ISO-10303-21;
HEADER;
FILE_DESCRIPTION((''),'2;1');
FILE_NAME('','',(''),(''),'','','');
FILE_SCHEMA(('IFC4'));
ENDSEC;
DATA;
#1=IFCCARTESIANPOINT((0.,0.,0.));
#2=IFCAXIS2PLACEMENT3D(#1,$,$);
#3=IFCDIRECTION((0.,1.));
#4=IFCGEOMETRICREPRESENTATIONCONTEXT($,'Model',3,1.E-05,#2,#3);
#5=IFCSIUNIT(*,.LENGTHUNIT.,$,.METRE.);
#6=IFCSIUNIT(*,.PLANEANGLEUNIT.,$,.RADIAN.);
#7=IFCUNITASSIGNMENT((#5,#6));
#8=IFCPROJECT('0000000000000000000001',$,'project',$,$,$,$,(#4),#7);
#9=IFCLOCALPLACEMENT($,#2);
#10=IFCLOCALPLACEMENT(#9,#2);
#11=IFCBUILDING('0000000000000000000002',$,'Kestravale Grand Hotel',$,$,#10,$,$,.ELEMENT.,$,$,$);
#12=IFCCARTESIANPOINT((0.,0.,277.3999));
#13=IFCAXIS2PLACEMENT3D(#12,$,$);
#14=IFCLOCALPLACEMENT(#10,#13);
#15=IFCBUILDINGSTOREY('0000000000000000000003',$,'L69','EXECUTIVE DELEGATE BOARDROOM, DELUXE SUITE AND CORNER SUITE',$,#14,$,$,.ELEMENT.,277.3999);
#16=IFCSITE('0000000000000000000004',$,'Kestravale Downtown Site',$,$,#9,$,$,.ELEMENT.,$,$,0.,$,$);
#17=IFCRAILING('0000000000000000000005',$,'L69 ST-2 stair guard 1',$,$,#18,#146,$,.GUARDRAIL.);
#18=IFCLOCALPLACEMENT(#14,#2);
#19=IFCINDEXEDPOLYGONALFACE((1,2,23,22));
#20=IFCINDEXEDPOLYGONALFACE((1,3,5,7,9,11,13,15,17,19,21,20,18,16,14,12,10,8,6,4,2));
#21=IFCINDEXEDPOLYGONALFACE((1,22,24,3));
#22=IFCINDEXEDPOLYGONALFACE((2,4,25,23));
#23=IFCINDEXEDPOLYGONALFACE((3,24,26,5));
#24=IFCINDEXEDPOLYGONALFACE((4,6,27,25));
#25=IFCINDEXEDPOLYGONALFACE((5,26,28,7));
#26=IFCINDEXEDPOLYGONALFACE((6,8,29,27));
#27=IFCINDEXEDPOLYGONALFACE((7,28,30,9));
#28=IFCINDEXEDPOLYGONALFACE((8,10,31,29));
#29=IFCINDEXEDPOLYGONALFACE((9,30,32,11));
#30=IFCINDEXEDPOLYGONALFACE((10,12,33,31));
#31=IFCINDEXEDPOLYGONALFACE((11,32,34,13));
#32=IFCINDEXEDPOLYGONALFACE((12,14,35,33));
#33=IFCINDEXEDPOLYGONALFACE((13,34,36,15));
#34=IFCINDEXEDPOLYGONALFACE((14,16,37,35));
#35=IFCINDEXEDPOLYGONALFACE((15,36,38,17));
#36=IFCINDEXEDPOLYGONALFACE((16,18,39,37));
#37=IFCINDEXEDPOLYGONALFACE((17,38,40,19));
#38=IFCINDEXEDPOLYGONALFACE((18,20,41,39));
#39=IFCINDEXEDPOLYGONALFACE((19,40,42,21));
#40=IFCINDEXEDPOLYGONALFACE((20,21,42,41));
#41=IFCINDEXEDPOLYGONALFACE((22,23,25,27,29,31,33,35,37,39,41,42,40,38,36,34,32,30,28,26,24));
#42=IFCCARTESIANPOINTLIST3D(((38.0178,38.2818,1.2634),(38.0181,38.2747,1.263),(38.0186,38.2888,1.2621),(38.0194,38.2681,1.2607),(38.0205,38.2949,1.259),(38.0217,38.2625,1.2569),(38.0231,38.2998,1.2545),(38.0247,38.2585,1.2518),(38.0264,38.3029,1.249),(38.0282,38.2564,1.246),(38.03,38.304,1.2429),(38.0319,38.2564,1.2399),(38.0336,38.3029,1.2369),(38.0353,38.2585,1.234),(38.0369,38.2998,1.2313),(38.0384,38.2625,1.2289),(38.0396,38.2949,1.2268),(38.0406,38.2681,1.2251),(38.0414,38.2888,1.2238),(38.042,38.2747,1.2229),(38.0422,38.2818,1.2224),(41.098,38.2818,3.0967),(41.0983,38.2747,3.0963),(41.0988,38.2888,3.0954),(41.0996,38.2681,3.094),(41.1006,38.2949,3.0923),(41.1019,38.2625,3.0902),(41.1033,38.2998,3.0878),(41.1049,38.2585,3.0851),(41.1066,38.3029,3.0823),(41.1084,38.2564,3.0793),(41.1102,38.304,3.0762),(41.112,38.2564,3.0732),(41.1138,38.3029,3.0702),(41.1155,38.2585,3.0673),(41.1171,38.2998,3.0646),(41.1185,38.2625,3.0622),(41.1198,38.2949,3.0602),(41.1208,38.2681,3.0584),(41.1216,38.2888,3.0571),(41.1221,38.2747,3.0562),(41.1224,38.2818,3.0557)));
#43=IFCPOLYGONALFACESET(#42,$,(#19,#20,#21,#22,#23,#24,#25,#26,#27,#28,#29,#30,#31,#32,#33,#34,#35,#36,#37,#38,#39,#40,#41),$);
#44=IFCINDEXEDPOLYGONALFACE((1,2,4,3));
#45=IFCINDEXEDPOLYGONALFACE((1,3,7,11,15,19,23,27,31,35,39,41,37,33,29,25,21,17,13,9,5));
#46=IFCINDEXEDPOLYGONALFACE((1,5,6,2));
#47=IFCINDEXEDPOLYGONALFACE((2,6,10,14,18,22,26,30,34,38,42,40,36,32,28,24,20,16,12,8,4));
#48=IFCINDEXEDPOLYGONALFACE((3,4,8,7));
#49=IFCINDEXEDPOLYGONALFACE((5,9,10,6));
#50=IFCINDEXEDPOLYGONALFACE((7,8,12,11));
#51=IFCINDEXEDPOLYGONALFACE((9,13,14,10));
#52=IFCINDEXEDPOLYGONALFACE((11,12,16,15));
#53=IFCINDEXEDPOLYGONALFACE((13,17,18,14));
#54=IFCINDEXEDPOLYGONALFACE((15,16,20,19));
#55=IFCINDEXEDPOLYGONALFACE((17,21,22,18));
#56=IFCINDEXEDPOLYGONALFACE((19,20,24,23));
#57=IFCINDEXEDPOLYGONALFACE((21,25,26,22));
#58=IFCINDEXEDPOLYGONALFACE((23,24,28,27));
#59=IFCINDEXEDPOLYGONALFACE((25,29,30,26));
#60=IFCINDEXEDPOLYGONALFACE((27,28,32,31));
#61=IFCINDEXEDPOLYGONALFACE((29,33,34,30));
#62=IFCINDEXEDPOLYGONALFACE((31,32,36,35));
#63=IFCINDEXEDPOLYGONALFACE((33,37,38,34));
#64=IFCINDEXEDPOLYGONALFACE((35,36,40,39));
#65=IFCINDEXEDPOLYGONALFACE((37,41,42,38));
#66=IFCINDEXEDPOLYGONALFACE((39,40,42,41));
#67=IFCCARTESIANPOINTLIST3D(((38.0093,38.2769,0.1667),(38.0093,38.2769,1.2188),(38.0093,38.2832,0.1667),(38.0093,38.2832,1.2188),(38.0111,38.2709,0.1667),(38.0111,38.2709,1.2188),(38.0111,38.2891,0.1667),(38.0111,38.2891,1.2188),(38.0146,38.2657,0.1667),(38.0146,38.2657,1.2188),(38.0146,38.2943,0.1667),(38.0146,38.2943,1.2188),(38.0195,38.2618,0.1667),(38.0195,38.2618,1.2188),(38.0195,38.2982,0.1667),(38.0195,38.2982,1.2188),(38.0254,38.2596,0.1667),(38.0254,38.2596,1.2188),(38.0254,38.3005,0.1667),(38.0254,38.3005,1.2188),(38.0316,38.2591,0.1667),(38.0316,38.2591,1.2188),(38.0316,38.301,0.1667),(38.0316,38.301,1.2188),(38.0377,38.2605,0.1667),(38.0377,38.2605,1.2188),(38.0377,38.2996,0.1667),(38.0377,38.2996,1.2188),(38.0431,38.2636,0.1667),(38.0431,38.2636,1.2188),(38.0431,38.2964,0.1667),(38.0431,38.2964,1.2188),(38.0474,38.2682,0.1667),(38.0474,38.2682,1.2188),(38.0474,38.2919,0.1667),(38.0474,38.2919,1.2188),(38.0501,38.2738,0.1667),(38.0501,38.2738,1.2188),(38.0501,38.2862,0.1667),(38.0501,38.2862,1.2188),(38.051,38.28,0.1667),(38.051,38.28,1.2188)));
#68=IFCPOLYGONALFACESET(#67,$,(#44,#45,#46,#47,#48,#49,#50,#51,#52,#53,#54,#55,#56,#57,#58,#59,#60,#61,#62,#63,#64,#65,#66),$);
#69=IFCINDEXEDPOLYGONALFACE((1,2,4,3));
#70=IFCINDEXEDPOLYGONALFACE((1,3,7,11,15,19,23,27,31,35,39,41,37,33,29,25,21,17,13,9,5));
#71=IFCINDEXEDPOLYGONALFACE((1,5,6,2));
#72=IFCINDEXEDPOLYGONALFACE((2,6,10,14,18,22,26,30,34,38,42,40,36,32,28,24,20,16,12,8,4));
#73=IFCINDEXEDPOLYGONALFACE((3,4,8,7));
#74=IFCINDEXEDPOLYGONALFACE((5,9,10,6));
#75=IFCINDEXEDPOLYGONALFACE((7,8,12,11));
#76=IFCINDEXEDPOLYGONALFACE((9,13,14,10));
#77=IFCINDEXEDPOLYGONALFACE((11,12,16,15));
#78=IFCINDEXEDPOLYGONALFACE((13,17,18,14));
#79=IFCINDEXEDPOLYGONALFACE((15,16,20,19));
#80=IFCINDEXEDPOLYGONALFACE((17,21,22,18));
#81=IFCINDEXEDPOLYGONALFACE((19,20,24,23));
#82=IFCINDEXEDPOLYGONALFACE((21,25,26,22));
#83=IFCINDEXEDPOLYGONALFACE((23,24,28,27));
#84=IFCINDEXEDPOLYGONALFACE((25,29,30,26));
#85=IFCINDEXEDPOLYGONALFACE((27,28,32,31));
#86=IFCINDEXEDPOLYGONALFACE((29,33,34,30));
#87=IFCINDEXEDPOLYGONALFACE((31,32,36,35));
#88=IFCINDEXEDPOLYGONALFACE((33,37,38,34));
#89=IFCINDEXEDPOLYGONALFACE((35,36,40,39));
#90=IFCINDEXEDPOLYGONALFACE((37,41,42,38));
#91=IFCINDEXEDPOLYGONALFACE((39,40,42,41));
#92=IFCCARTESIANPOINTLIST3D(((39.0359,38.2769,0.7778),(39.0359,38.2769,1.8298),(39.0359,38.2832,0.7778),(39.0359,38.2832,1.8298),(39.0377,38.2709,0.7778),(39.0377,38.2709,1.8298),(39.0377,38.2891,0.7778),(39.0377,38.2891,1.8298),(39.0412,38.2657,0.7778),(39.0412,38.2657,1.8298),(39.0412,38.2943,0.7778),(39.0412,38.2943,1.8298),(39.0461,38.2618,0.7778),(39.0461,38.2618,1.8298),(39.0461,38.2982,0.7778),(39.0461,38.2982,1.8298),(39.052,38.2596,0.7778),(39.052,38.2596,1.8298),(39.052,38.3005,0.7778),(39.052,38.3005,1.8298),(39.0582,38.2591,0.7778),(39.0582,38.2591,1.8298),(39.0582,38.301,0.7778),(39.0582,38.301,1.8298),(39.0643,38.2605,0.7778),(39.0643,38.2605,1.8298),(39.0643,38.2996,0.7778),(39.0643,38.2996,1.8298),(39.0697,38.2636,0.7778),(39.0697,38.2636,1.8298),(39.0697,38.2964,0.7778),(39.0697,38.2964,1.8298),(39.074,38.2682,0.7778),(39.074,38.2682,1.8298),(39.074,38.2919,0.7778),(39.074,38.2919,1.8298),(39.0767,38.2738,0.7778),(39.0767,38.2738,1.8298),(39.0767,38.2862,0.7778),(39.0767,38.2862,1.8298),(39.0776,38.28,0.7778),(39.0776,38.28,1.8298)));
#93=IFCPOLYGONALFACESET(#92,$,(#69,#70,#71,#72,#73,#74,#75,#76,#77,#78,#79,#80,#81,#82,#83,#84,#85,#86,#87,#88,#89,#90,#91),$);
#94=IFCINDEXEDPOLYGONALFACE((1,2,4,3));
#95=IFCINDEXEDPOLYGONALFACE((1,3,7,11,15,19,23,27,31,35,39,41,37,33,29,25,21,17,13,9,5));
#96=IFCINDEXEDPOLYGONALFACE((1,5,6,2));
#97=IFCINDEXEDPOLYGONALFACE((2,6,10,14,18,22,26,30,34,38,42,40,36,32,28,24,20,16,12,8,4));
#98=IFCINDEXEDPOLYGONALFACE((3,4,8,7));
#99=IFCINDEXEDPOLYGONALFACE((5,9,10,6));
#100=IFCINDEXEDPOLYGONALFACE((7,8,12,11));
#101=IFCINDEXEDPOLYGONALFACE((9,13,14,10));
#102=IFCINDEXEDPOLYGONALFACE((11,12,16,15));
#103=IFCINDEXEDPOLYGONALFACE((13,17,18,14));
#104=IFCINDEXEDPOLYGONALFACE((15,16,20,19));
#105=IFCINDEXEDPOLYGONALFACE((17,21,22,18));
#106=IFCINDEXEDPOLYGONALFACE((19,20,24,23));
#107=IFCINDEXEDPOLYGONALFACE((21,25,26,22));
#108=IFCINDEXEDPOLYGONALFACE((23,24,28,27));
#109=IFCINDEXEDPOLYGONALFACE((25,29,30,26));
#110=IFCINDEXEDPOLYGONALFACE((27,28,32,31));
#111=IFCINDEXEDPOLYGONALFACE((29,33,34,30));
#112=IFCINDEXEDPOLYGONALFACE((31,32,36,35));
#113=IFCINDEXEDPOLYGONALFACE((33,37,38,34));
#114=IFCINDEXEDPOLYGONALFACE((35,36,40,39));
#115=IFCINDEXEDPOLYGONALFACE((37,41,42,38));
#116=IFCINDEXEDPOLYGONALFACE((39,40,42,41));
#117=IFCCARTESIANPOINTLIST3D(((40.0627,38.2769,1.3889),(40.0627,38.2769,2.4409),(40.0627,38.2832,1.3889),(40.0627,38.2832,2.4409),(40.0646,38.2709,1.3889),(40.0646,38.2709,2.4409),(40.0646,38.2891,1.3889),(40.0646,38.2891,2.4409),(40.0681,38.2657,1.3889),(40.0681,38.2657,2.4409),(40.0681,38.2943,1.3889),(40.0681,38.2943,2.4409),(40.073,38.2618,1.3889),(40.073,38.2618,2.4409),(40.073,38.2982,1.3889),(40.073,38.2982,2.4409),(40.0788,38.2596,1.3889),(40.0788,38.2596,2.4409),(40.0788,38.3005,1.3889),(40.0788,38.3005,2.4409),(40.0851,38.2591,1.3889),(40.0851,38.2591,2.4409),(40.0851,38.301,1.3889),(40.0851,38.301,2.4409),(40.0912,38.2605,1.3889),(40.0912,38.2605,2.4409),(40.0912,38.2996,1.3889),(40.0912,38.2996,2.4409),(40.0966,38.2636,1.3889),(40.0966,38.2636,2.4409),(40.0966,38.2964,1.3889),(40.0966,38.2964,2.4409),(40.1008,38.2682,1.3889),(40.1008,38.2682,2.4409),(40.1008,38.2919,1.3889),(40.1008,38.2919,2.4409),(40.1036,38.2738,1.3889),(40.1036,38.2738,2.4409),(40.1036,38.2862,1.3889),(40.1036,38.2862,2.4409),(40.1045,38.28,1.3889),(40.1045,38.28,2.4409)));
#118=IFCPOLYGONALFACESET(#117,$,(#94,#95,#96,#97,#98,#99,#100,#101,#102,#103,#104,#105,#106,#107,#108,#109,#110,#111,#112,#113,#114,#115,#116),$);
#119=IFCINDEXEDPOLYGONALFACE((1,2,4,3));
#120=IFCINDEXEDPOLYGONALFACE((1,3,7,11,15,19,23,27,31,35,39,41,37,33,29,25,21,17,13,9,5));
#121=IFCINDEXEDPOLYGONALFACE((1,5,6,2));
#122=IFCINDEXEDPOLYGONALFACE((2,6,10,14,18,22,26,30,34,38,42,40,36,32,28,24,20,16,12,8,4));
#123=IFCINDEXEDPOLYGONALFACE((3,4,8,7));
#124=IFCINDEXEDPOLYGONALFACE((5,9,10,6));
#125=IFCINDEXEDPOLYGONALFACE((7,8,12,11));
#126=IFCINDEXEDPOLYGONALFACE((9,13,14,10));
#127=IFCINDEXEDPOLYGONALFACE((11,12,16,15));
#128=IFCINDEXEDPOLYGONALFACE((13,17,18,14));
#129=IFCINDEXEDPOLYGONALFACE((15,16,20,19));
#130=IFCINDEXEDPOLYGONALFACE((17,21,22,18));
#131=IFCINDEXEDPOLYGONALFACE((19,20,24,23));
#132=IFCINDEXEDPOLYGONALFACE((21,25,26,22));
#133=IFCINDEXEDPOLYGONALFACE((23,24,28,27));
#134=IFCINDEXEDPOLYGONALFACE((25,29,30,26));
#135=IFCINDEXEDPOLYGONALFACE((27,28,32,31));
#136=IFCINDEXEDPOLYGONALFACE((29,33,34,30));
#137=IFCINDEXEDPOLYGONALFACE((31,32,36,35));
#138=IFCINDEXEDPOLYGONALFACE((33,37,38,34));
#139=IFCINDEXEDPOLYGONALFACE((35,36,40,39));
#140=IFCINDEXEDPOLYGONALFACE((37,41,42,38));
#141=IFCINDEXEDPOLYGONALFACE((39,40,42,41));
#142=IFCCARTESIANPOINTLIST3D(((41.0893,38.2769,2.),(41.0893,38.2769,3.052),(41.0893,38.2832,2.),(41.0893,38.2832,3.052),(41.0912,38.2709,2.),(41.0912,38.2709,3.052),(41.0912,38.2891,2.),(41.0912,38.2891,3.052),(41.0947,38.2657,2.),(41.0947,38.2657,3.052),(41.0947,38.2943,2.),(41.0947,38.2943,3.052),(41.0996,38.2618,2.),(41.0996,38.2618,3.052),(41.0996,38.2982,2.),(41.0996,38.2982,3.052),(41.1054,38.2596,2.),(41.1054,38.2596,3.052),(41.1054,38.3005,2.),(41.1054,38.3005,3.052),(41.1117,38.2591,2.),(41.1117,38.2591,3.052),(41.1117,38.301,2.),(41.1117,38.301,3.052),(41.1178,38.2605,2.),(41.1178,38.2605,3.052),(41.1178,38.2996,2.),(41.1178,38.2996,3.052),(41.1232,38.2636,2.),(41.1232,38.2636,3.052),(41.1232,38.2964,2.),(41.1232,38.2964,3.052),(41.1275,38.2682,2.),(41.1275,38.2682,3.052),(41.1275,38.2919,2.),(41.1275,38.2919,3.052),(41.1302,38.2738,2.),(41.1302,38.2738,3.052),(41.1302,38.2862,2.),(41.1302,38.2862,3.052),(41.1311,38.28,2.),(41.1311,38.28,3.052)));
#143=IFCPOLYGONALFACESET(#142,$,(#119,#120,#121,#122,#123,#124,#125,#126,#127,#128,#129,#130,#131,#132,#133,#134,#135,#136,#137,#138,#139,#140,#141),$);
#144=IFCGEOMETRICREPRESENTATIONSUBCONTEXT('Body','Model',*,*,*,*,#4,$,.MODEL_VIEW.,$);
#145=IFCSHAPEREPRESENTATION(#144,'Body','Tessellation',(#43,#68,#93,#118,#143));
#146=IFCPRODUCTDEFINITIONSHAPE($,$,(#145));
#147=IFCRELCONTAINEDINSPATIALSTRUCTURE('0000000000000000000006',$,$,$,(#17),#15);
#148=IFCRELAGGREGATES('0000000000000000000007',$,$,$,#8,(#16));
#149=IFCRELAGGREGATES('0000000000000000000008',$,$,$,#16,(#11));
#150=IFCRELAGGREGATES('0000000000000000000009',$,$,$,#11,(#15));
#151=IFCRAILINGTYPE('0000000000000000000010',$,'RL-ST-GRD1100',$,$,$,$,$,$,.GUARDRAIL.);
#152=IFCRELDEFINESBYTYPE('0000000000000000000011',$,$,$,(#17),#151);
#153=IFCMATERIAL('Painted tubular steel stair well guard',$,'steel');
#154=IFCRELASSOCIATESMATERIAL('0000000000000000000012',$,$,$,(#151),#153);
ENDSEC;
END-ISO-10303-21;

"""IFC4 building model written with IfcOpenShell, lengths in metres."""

from ifc_helpers import new_model, si_unit, direction, frame, origin, origin_2d, place, context, subcontext, project, spatial, circle, extrude, material, type_object, element, save


model = new_model("IFC4")

# Units and contexts
model_context = context("Model", 3, precision=1e-05, world=origin(), true_north=direction((0.0, 1.0)))
body_context = subcontext(model_context, "Body", "Model", "MODEL_VIEW")
ifc_project = project(units=[si_unit("LENGTHUNIT", "METRE"), si_unit("PLANEANGLEUNIT", "RADIAN")], contexts=[model_context])

# Site, building, storey
site_placement = place(None, origin())
site = spatial("IfcSite", under=ifc_project, at=site_placement, Name="Kestravale Downtown Site", CompositionType="ELEMENT", RefElevation=0.0)
building_placement = place(site_placement, origin())
building = spatial("IfcBuilding", under=site, at=building_placement, Name="Kestravale Grand Hotel", CompositionType="ELEMENT")
storey_placement = place(building_placement, frame((0.0, 0.0, 277.3999)))
storey = spatial("IfcBuildingStorey", under=building, at=storey_placement, Name="L69", Description="EXECUTIVE DELEGATE BOARDROOM, DELUXE SUITE AND CORNER SUITE", CompositionType="ELEMENT", Elevation=277.3999)

# Railing
ifc_material_1 = material(Name="Painted tubular steel stair well guard", Category="steel")
railing_type_1 = type_object("IfcRailingType", Name="RL-ST-GRD1100", PredefinedType="GUARDRAIL", material=ifc_material_1)
railing_1_placement = place(storey_placement, frame((38.03, 38.28, 0.1667)))
element("IfcRailing", 1, at=railing_1_placement, inside=storey, type_object=railing_type_1, Name="L69 ST-2 stair guard 1", PredefinedType="GUARDRAIL", context=body_context, shape_type="SweptSolid", body=[
    extrude(circle(Radius=0.0239, at=origin_2d()), frame((0.0, 0.0, 1.0762), z_axis=(0.859309, 0.0, 0.511458), x_axis=(0.0, 1.0, 0.0)), (0.0, 0.0, 1.0), 3.5845),
    extrude(circle(Radius=0.021, at=origin_2d()), origin(), (0.0, 0.0, 1.0), 1.052),
    extrude(circle(Radius=0.021, at=origin_2d()), frame((1.0266, 0.0, 0.6111)), (0.0, 0.0, 1.0), 1.052),
    extrude(circle(Radius=0.021, at=origin_2d()), frame((2.0535, 0.0, 1.2222)), (0.0, 0.0, 1.0), 1.052),
    extrude(circle(Radius=0.021, at=origin_2d()), frame((3.0801, 0.0, 1.8333)), (0.0, 0.0, 1.0), 1.052),
])

save(model, "model.ifc")
